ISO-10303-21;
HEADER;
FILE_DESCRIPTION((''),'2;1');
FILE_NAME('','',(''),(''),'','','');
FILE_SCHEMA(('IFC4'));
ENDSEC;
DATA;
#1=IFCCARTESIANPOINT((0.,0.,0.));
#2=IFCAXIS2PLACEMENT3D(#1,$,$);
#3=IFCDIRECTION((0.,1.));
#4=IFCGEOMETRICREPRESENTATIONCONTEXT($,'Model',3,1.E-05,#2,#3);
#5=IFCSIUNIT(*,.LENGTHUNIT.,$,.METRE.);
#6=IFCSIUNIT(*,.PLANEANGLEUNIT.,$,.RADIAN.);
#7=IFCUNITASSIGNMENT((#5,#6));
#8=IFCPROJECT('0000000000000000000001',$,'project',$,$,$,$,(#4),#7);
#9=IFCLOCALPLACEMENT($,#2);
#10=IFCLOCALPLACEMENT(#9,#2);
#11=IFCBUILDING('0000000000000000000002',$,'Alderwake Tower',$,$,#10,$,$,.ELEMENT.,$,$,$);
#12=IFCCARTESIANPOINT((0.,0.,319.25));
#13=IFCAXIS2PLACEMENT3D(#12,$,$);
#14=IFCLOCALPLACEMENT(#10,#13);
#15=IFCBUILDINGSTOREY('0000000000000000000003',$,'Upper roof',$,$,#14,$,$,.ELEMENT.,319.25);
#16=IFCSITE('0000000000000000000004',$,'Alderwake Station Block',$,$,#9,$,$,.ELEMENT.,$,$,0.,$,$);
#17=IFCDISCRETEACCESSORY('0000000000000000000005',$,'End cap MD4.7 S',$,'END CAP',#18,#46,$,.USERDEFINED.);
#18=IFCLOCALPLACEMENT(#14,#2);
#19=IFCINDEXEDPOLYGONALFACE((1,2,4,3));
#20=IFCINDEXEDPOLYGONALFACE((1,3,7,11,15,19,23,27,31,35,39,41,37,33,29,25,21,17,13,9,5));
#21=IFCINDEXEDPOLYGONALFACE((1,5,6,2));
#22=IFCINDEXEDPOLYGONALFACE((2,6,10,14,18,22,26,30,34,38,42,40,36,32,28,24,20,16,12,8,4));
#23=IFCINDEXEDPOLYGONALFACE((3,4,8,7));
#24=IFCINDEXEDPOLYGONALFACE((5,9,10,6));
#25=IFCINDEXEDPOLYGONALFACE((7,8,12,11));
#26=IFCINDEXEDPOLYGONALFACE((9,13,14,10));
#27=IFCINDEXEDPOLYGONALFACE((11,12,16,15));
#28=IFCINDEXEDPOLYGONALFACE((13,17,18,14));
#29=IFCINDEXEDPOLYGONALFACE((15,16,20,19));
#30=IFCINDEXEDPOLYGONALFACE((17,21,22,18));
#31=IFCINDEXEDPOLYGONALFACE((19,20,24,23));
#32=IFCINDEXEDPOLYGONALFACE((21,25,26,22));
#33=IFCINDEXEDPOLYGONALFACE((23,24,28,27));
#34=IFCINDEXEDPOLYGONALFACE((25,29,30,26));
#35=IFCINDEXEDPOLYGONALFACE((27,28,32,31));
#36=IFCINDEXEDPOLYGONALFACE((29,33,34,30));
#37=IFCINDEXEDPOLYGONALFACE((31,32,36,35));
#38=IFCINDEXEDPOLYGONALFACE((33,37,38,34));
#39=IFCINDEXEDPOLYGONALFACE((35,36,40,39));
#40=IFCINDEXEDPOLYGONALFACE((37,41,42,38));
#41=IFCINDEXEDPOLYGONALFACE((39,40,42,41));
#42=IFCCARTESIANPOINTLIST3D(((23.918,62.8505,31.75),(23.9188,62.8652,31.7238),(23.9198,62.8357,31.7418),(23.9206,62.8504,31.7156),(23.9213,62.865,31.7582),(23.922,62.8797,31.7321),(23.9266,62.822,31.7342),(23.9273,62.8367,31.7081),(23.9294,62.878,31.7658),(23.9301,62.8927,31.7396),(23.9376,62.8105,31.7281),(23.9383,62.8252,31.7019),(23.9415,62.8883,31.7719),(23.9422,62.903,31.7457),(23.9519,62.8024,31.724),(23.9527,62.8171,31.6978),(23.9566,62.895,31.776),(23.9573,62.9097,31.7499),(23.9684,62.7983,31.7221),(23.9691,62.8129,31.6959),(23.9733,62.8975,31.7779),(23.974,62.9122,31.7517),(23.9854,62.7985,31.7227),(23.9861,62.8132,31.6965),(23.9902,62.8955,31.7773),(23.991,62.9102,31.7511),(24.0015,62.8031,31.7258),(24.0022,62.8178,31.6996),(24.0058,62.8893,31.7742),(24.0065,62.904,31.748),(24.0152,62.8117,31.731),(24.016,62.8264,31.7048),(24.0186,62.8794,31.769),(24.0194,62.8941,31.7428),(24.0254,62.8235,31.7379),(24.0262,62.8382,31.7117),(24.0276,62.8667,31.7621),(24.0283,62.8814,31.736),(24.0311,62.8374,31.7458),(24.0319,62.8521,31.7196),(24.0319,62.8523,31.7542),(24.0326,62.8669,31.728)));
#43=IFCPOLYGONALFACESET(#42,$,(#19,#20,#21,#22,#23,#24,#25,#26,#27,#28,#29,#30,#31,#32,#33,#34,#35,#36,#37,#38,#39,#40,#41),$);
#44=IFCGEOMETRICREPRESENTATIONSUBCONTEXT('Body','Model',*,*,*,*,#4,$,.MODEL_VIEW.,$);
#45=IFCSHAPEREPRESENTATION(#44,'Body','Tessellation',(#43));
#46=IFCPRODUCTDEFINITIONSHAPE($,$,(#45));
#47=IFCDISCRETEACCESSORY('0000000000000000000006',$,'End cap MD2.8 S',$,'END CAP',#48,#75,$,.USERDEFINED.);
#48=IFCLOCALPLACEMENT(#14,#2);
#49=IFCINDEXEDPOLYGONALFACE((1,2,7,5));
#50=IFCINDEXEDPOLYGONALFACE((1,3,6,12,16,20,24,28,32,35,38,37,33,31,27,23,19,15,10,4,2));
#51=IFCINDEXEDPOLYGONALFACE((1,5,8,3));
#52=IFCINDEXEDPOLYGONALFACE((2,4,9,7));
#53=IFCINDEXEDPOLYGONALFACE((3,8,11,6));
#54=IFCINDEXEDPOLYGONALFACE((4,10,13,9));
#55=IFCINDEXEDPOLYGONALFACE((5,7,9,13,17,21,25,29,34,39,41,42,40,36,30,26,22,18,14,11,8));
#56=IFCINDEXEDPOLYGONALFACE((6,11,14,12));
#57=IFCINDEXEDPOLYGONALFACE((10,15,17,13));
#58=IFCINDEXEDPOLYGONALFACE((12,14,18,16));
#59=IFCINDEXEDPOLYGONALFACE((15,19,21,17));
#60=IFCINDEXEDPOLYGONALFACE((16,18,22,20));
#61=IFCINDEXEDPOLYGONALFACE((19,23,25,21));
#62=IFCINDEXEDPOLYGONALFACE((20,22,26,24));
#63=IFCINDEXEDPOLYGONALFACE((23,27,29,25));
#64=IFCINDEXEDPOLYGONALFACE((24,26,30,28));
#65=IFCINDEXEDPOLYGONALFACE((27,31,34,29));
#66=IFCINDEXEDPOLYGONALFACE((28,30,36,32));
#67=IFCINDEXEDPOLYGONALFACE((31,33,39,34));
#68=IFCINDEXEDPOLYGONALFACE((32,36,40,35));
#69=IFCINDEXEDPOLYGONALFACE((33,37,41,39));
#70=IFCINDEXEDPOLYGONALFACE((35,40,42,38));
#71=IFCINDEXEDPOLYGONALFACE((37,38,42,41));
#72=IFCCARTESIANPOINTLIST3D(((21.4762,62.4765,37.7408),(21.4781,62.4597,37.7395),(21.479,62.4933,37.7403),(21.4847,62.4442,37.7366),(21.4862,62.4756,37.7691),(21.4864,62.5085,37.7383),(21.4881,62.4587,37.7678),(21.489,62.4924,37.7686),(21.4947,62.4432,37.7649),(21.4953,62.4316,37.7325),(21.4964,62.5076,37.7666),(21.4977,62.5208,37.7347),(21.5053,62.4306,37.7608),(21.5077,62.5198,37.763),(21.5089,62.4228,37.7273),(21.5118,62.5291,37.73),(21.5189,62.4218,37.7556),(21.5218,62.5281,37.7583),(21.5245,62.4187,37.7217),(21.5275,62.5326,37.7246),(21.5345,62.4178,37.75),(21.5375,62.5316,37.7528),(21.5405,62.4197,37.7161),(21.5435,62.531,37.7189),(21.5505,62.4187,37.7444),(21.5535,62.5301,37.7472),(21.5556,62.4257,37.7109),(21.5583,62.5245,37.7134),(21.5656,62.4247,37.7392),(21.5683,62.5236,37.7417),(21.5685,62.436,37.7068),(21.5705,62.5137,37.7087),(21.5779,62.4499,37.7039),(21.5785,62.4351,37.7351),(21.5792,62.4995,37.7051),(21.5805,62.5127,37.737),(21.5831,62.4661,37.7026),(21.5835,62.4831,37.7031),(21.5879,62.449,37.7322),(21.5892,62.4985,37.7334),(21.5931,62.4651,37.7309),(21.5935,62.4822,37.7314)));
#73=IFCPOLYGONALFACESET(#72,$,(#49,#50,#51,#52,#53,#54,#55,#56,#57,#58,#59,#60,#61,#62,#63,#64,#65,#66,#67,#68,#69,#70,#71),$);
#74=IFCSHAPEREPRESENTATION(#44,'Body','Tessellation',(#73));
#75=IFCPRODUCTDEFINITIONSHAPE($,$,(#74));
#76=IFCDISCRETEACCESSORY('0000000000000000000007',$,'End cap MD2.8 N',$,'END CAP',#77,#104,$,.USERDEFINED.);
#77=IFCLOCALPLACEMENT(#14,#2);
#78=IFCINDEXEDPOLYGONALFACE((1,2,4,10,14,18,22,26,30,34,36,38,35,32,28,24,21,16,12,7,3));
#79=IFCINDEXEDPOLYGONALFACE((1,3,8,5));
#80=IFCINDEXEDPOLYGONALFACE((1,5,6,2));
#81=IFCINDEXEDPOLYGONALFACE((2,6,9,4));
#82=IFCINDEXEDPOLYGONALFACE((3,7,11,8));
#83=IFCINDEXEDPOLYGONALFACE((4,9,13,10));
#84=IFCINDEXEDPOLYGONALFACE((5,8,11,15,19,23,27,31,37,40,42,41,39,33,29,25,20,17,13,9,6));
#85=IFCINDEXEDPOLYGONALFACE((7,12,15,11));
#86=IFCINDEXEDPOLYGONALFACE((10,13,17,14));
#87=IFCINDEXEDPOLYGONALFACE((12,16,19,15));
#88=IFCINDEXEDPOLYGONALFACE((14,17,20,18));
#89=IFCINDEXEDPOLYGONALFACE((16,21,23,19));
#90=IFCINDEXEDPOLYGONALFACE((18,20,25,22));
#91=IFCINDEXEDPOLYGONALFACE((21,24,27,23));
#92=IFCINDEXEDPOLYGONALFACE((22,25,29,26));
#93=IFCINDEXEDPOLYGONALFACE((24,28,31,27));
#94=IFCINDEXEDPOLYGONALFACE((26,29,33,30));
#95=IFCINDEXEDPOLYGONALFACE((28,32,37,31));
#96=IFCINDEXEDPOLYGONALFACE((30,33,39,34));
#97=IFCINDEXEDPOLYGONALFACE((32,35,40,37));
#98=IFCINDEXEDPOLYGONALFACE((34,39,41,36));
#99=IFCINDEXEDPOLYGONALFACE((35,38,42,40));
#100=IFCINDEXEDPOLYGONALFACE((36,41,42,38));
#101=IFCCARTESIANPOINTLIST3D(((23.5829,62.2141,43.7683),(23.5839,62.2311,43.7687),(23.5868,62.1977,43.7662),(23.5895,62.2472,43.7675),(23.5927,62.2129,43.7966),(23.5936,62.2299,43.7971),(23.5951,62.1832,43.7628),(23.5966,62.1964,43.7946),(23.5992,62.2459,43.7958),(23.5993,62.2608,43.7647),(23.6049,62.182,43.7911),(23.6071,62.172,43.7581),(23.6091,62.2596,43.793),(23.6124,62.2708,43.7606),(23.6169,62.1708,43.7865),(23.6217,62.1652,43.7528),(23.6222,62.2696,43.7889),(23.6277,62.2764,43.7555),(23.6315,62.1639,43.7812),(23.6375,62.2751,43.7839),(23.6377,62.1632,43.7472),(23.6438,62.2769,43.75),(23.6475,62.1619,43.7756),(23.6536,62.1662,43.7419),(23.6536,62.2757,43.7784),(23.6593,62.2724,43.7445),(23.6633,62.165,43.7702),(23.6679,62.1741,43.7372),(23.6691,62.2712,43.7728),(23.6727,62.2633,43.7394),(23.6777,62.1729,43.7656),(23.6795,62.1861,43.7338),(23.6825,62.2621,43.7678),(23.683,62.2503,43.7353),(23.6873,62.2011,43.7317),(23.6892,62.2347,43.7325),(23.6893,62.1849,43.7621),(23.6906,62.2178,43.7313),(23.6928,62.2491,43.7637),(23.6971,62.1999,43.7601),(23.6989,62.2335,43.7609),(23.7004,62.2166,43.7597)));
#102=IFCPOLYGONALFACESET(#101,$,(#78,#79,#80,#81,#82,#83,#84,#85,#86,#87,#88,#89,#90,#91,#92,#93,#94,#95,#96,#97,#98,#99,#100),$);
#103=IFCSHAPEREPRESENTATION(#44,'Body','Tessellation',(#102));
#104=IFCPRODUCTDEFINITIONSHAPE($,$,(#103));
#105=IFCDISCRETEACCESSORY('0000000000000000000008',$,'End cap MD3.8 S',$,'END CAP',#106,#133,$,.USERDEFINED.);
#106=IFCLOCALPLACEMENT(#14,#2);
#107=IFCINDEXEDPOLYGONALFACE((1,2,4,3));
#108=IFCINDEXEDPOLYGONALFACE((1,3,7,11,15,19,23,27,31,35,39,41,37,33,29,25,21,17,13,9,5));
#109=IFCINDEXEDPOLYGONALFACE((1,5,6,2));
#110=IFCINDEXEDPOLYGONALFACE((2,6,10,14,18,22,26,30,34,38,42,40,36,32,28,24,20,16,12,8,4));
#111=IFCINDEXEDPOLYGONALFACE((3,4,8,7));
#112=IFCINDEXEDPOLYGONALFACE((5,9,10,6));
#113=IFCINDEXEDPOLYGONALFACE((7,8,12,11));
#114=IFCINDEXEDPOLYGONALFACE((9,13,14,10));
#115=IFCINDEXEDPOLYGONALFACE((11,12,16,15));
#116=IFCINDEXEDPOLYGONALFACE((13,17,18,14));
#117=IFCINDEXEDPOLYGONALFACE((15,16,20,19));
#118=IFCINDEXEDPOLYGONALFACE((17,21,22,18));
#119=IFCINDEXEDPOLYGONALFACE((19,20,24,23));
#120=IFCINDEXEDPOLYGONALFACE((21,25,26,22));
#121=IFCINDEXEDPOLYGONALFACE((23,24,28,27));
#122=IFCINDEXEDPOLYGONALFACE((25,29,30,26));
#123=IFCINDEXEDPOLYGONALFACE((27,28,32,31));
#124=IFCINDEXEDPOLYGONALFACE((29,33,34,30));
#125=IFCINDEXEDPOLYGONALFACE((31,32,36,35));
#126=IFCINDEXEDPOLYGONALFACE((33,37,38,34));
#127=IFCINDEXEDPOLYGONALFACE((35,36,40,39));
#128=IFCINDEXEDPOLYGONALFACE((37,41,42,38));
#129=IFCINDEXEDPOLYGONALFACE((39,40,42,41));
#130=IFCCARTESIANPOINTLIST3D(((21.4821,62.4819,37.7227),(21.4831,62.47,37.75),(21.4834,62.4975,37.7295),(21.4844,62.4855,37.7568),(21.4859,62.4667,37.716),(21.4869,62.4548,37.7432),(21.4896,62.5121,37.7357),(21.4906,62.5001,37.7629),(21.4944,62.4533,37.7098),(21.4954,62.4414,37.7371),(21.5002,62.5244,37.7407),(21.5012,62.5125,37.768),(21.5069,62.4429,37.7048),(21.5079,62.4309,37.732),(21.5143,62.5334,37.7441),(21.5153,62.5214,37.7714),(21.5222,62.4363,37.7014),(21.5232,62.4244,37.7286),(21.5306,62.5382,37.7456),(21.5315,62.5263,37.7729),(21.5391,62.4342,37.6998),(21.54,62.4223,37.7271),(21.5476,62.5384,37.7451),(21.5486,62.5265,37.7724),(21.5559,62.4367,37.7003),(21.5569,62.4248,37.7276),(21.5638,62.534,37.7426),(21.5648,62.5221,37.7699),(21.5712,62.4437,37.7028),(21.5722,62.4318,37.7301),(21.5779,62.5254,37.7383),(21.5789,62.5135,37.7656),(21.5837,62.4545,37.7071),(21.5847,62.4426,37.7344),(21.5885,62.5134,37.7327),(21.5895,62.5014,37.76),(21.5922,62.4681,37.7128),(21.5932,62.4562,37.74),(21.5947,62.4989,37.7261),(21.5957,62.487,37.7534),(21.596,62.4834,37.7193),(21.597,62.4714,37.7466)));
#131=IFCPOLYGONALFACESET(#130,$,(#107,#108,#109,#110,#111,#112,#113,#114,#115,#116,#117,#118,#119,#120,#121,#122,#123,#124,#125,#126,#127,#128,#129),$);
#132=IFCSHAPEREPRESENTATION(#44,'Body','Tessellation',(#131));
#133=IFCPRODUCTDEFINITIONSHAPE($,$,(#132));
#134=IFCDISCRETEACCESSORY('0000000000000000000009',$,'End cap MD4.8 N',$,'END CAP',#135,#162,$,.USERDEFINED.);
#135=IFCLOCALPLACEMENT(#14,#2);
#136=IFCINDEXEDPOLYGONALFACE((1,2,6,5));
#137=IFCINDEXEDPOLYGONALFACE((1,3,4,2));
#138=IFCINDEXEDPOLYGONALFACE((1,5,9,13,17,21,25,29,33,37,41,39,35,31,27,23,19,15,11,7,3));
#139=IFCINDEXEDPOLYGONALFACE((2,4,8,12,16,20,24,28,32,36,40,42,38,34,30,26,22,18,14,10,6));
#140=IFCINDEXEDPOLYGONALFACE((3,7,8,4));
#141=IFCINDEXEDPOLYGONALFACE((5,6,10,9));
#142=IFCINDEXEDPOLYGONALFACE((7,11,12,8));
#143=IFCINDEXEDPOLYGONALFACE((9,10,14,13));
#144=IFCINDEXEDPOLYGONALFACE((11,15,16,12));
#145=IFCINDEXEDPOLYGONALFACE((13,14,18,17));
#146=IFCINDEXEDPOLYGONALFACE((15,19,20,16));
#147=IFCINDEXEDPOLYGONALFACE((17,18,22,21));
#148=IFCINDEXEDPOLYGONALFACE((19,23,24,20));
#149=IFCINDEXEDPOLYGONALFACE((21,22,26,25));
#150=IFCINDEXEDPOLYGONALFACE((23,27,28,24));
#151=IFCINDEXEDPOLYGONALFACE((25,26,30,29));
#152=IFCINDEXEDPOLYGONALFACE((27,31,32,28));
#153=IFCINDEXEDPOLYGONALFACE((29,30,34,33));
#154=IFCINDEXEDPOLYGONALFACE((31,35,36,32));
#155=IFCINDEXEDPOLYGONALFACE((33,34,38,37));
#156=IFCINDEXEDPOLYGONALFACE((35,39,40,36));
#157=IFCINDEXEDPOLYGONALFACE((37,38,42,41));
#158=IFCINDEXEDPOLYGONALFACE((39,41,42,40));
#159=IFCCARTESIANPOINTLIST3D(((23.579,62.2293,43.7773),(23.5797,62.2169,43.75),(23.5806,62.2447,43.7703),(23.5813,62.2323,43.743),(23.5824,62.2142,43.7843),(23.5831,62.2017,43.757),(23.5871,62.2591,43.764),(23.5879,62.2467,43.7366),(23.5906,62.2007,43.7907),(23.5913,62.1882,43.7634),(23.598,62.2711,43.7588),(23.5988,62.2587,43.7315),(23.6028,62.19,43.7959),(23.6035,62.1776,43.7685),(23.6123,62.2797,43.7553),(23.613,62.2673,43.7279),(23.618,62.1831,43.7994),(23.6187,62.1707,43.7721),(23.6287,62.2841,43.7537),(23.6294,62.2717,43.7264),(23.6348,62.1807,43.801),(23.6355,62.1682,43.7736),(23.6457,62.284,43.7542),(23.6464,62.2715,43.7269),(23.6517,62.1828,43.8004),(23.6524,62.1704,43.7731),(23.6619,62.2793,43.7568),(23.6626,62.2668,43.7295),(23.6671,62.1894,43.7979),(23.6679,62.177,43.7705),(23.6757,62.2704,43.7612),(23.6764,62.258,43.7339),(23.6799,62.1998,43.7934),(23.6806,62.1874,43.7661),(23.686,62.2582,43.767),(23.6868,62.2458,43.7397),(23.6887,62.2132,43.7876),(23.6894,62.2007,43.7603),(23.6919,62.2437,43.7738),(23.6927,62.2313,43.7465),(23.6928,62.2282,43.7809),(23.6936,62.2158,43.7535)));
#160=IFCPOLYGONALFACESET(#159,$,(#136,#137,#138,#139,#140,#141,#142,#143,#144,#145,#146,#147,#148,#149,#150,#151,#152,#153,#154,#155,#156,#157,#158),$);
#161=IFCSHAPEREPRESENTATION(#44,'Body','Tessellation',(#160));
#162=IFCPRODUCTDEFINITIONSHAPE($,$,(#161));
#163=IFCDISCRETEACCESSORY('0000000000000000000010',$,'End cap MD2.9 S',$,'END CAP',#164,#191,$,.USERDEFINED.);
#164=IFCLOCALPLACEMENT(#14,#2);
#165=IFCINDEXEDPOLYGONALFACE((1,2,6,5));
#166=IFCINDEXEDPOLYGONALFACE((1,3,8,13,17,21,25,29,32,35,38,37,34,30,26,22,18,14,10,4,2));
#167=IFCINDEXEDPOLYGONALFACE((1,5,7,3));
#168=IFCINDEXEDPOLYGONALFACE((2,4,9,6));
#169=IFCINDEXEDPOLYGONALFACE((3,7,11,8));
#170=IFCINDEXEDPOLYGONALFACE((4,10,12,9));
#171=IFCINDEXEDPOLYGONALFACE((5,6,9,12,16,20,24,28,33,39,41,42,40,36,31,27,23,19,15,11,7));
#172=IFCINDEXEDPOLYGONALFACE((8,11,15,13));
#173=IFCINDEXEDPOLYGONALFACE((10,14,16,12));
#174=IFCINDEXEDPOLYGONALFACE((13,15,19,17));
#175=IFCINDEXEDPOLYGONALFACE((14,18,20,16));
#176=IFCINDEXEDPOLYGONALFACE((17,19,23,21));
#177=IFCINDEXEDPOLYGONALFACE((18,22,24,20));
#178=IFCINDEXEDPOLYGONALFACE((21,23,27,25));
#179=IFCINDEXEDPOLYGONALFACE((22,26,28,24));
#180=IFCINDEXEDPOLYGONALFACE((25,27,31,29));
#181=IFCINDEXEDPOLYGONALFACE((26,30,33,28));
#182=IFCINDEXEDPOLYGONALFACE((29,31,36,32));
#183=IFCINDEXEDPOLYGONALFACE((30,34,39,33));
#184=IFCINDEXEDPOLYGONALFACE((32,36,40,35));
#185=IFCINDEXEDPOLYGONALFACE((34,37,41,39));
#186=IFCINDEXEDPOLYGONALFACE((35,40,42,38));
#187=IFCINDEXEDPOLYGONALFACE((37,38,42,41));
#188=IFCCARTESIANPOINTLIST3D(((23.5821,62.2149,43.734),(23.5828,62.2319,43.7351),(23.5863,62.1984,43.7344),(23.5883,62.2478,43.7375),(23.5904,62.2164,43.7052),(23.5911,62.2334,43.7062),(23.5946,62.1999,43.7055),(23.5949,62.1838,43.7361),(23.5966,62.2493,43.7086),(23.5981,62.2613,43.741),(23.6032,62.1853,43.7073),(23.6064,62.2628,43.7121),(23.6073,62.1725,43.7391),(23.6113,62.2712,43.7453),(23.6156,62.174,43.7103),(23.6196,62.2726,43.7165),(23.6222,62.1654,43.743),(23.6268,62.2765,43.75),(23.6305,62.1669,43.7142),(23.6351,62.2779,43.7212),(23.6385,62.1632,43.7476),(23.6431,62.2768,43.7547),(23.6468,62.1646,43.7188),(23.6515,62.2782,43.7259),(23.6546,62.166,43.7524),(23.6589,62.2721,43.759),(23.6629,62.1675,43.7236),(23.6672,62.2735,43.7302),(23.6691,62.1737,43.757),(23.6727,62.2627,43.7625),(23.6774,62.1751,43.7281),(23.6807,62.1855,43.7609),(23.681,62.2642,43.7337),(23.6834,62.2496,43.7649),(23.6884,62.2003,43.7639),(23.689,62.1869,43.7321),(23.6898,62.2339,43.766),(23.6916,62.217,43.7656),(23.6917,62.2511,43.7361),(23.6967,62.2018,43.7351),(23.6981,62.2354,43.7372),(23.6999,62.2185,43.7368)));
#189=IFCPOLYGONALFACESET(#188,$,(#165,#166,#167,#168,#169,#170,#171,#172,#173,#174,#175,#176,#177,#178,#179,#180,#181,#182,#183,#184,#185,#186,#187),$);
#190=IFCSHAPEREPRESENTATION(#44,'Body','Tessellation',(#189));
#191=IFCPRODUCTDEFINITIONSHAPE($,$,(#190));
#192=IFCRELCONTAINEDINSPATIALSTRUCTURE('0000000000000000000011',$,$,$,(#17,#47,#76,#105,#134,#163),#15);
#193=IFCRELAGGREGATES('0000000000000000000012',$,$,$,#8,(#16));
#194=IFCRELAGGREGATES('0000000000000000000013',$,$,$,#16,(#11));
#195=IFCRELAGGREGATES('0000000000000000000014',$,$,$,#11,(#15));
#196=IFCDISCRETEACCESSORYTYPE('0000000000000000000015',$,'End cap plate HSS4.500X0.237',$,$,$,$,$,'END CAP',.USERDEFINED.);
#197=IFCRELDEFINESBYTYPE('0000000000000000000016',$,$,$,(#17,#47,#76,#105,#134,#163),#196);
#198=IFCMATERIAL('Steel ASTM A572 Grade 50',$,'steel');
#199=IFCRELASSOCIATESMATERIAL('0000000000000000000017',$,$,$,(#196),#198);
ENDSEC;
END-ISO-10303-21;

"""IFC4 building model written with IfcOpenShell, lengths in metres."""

from ifc_helpers import new_model, si_unit, direction, frame, origin, origin_2d, place, context, subcontext, project, spatial, circle, extrude, material, material_profile, profile_set, type_object, element, save


model = new_model("IFC4")

# Units and contexts
model_context = context("Model", 3, precision=1e-05, world=origin(), true_north=direction((0.0, 1.0)))
body_context = subcontext(model_context, "Body", "Model", "MODEL_VIEW")
ifc_project = project(units=[si_unit("LENGTHUNIT", "METRE"), si_unit("PLANEANGLEUNIT", "RADIAN")], contexts=[model_context])

# Site, building, storey
site_placement = place(None, origin())
site = spatial("IfcSite", under=ifc_project, at=site_placement, Name="Alderwake Station Block", CompositionType="ELEMENT", RefElevation=0.0)
building_placement = place(site_placement, origin())
building = spatial("IfcBuilding", under=site, at=building_placement, Name="Alderwake Tower", CompositionType="ELEMENT")
storey_placement = place(building_placement, frame((0.0, 0.0, 319.25)))
storey = spatial("IfcBuildingStorey", under=building, at=storey_placement, Name="Upper roof", CompositionType="ELEMENT", Elevation=319.25)

# Discrete accessories
ifc_material_1 = material(Name="Steel ASTM A572 Grade 50", Category="steel")
ifc_material_profile_1 = material_profile(ifc_material_1, circle(Radius=0.0571, at=origin_2d()), Name="HSS4.500X0.237 cap")
ifc_profile_set_1 = profile_set([ifc_material_profile_1], Name="Steel ASTM A572 Grade 50")
discrete_accessory_type = type_object("IfcDiscreteAccessoryType", Name="End cap plate HSS4.500X0.237", ElementType="END CAP", PredefinedType="USERDEFINED", material=ifc_profile_set_1)
for number, where, z_axis, x_axis, name in (
    (1, (23.9751, 62.8477, 31.75), (0.024448, 0.488954, -0.871967), (-0.998752, 0.049938, 0.0), "End cap MD4.7 S"),
    (2, (21.54, 62.4746, 37.75), (-0.333069, 0.032495, -0.942342), (-0.0971, -0.995275, 0.0), "End cap MD2.8 S"),
    (3, (23.6367, 62.2202, 43.75), (0.32572, -0.040715, 0.944589), (0.124035, 0.992278, 0.0), "End cap MD2.8 N"),
):
    element("IfcDiscreteAccessory", number, at=place(storey_placement, frame(where, z_axis=z_axis, x_axis=x_axis)), inside=storey, type_object=discrete_accessory_type, Name=name, ObjectType="END CAP", PredefinedType="USERDEFINED", context=body_context, shape_type="SweptSolid", body=[
        extrude(circle(Radius=0.0571, at=origin_2d()), origin(), (0.0, 0.0, 1.0), 0.03),
    ])
discrete_accessory_placement = place(storey_placement, frame((21.54, 62.4746, 37.75), z_axis=(-0.032702, 0.400604, -0.915667), x_axis=(-0.996685, -0.081362, 0.0)))
element("IfcDiscreteAccessory", 4, at=discrete_accessory_placement, inside=storey, type_object=discrete_accessory_type, Name="End cap MD3.8 S", ObjectType="END CAP", PredefinedType="USERDEFINED", context=body_context, shape_type="SweptSolid", body=[
    extrude(circle(Radius=0.0571, at=origin_2d()), origin(), (0.0, 0.0, 1.0), 0.0298),
])
for number, where, z_axis, x_axis, name in (
    (5, (23.6367, 62.2202, 43.75), (-0.02437, 0.414292, 0.909818), (-0.998274, -0.058722, 0.0), "End cap MD4.8 N"),
    (6, (23.6367, 62.2202, 43.75), (0.276542, 0.048801, -0.959762), (-0.173785, 0.984784, 0.0), "End cap MD2.9 S"),
):
    element("IfcDiscreteAccessory", number, at=place(storey_placement, frame(where, z_axis=z_axis, x_axis=x_axis)), inside=storey, type_object=discrete_accessory_type, Name=name, ObjectType="END CAP", PredefinedType="USERDEFINED", context=body_context, shape_type="SweptSolid", body=[
        extrude(circle(Radius=0.0571, at=origin_2d()), origin(), (0.0, 0.0, 1.0), 0.03),
    ])

save(model, "model.ifc")
